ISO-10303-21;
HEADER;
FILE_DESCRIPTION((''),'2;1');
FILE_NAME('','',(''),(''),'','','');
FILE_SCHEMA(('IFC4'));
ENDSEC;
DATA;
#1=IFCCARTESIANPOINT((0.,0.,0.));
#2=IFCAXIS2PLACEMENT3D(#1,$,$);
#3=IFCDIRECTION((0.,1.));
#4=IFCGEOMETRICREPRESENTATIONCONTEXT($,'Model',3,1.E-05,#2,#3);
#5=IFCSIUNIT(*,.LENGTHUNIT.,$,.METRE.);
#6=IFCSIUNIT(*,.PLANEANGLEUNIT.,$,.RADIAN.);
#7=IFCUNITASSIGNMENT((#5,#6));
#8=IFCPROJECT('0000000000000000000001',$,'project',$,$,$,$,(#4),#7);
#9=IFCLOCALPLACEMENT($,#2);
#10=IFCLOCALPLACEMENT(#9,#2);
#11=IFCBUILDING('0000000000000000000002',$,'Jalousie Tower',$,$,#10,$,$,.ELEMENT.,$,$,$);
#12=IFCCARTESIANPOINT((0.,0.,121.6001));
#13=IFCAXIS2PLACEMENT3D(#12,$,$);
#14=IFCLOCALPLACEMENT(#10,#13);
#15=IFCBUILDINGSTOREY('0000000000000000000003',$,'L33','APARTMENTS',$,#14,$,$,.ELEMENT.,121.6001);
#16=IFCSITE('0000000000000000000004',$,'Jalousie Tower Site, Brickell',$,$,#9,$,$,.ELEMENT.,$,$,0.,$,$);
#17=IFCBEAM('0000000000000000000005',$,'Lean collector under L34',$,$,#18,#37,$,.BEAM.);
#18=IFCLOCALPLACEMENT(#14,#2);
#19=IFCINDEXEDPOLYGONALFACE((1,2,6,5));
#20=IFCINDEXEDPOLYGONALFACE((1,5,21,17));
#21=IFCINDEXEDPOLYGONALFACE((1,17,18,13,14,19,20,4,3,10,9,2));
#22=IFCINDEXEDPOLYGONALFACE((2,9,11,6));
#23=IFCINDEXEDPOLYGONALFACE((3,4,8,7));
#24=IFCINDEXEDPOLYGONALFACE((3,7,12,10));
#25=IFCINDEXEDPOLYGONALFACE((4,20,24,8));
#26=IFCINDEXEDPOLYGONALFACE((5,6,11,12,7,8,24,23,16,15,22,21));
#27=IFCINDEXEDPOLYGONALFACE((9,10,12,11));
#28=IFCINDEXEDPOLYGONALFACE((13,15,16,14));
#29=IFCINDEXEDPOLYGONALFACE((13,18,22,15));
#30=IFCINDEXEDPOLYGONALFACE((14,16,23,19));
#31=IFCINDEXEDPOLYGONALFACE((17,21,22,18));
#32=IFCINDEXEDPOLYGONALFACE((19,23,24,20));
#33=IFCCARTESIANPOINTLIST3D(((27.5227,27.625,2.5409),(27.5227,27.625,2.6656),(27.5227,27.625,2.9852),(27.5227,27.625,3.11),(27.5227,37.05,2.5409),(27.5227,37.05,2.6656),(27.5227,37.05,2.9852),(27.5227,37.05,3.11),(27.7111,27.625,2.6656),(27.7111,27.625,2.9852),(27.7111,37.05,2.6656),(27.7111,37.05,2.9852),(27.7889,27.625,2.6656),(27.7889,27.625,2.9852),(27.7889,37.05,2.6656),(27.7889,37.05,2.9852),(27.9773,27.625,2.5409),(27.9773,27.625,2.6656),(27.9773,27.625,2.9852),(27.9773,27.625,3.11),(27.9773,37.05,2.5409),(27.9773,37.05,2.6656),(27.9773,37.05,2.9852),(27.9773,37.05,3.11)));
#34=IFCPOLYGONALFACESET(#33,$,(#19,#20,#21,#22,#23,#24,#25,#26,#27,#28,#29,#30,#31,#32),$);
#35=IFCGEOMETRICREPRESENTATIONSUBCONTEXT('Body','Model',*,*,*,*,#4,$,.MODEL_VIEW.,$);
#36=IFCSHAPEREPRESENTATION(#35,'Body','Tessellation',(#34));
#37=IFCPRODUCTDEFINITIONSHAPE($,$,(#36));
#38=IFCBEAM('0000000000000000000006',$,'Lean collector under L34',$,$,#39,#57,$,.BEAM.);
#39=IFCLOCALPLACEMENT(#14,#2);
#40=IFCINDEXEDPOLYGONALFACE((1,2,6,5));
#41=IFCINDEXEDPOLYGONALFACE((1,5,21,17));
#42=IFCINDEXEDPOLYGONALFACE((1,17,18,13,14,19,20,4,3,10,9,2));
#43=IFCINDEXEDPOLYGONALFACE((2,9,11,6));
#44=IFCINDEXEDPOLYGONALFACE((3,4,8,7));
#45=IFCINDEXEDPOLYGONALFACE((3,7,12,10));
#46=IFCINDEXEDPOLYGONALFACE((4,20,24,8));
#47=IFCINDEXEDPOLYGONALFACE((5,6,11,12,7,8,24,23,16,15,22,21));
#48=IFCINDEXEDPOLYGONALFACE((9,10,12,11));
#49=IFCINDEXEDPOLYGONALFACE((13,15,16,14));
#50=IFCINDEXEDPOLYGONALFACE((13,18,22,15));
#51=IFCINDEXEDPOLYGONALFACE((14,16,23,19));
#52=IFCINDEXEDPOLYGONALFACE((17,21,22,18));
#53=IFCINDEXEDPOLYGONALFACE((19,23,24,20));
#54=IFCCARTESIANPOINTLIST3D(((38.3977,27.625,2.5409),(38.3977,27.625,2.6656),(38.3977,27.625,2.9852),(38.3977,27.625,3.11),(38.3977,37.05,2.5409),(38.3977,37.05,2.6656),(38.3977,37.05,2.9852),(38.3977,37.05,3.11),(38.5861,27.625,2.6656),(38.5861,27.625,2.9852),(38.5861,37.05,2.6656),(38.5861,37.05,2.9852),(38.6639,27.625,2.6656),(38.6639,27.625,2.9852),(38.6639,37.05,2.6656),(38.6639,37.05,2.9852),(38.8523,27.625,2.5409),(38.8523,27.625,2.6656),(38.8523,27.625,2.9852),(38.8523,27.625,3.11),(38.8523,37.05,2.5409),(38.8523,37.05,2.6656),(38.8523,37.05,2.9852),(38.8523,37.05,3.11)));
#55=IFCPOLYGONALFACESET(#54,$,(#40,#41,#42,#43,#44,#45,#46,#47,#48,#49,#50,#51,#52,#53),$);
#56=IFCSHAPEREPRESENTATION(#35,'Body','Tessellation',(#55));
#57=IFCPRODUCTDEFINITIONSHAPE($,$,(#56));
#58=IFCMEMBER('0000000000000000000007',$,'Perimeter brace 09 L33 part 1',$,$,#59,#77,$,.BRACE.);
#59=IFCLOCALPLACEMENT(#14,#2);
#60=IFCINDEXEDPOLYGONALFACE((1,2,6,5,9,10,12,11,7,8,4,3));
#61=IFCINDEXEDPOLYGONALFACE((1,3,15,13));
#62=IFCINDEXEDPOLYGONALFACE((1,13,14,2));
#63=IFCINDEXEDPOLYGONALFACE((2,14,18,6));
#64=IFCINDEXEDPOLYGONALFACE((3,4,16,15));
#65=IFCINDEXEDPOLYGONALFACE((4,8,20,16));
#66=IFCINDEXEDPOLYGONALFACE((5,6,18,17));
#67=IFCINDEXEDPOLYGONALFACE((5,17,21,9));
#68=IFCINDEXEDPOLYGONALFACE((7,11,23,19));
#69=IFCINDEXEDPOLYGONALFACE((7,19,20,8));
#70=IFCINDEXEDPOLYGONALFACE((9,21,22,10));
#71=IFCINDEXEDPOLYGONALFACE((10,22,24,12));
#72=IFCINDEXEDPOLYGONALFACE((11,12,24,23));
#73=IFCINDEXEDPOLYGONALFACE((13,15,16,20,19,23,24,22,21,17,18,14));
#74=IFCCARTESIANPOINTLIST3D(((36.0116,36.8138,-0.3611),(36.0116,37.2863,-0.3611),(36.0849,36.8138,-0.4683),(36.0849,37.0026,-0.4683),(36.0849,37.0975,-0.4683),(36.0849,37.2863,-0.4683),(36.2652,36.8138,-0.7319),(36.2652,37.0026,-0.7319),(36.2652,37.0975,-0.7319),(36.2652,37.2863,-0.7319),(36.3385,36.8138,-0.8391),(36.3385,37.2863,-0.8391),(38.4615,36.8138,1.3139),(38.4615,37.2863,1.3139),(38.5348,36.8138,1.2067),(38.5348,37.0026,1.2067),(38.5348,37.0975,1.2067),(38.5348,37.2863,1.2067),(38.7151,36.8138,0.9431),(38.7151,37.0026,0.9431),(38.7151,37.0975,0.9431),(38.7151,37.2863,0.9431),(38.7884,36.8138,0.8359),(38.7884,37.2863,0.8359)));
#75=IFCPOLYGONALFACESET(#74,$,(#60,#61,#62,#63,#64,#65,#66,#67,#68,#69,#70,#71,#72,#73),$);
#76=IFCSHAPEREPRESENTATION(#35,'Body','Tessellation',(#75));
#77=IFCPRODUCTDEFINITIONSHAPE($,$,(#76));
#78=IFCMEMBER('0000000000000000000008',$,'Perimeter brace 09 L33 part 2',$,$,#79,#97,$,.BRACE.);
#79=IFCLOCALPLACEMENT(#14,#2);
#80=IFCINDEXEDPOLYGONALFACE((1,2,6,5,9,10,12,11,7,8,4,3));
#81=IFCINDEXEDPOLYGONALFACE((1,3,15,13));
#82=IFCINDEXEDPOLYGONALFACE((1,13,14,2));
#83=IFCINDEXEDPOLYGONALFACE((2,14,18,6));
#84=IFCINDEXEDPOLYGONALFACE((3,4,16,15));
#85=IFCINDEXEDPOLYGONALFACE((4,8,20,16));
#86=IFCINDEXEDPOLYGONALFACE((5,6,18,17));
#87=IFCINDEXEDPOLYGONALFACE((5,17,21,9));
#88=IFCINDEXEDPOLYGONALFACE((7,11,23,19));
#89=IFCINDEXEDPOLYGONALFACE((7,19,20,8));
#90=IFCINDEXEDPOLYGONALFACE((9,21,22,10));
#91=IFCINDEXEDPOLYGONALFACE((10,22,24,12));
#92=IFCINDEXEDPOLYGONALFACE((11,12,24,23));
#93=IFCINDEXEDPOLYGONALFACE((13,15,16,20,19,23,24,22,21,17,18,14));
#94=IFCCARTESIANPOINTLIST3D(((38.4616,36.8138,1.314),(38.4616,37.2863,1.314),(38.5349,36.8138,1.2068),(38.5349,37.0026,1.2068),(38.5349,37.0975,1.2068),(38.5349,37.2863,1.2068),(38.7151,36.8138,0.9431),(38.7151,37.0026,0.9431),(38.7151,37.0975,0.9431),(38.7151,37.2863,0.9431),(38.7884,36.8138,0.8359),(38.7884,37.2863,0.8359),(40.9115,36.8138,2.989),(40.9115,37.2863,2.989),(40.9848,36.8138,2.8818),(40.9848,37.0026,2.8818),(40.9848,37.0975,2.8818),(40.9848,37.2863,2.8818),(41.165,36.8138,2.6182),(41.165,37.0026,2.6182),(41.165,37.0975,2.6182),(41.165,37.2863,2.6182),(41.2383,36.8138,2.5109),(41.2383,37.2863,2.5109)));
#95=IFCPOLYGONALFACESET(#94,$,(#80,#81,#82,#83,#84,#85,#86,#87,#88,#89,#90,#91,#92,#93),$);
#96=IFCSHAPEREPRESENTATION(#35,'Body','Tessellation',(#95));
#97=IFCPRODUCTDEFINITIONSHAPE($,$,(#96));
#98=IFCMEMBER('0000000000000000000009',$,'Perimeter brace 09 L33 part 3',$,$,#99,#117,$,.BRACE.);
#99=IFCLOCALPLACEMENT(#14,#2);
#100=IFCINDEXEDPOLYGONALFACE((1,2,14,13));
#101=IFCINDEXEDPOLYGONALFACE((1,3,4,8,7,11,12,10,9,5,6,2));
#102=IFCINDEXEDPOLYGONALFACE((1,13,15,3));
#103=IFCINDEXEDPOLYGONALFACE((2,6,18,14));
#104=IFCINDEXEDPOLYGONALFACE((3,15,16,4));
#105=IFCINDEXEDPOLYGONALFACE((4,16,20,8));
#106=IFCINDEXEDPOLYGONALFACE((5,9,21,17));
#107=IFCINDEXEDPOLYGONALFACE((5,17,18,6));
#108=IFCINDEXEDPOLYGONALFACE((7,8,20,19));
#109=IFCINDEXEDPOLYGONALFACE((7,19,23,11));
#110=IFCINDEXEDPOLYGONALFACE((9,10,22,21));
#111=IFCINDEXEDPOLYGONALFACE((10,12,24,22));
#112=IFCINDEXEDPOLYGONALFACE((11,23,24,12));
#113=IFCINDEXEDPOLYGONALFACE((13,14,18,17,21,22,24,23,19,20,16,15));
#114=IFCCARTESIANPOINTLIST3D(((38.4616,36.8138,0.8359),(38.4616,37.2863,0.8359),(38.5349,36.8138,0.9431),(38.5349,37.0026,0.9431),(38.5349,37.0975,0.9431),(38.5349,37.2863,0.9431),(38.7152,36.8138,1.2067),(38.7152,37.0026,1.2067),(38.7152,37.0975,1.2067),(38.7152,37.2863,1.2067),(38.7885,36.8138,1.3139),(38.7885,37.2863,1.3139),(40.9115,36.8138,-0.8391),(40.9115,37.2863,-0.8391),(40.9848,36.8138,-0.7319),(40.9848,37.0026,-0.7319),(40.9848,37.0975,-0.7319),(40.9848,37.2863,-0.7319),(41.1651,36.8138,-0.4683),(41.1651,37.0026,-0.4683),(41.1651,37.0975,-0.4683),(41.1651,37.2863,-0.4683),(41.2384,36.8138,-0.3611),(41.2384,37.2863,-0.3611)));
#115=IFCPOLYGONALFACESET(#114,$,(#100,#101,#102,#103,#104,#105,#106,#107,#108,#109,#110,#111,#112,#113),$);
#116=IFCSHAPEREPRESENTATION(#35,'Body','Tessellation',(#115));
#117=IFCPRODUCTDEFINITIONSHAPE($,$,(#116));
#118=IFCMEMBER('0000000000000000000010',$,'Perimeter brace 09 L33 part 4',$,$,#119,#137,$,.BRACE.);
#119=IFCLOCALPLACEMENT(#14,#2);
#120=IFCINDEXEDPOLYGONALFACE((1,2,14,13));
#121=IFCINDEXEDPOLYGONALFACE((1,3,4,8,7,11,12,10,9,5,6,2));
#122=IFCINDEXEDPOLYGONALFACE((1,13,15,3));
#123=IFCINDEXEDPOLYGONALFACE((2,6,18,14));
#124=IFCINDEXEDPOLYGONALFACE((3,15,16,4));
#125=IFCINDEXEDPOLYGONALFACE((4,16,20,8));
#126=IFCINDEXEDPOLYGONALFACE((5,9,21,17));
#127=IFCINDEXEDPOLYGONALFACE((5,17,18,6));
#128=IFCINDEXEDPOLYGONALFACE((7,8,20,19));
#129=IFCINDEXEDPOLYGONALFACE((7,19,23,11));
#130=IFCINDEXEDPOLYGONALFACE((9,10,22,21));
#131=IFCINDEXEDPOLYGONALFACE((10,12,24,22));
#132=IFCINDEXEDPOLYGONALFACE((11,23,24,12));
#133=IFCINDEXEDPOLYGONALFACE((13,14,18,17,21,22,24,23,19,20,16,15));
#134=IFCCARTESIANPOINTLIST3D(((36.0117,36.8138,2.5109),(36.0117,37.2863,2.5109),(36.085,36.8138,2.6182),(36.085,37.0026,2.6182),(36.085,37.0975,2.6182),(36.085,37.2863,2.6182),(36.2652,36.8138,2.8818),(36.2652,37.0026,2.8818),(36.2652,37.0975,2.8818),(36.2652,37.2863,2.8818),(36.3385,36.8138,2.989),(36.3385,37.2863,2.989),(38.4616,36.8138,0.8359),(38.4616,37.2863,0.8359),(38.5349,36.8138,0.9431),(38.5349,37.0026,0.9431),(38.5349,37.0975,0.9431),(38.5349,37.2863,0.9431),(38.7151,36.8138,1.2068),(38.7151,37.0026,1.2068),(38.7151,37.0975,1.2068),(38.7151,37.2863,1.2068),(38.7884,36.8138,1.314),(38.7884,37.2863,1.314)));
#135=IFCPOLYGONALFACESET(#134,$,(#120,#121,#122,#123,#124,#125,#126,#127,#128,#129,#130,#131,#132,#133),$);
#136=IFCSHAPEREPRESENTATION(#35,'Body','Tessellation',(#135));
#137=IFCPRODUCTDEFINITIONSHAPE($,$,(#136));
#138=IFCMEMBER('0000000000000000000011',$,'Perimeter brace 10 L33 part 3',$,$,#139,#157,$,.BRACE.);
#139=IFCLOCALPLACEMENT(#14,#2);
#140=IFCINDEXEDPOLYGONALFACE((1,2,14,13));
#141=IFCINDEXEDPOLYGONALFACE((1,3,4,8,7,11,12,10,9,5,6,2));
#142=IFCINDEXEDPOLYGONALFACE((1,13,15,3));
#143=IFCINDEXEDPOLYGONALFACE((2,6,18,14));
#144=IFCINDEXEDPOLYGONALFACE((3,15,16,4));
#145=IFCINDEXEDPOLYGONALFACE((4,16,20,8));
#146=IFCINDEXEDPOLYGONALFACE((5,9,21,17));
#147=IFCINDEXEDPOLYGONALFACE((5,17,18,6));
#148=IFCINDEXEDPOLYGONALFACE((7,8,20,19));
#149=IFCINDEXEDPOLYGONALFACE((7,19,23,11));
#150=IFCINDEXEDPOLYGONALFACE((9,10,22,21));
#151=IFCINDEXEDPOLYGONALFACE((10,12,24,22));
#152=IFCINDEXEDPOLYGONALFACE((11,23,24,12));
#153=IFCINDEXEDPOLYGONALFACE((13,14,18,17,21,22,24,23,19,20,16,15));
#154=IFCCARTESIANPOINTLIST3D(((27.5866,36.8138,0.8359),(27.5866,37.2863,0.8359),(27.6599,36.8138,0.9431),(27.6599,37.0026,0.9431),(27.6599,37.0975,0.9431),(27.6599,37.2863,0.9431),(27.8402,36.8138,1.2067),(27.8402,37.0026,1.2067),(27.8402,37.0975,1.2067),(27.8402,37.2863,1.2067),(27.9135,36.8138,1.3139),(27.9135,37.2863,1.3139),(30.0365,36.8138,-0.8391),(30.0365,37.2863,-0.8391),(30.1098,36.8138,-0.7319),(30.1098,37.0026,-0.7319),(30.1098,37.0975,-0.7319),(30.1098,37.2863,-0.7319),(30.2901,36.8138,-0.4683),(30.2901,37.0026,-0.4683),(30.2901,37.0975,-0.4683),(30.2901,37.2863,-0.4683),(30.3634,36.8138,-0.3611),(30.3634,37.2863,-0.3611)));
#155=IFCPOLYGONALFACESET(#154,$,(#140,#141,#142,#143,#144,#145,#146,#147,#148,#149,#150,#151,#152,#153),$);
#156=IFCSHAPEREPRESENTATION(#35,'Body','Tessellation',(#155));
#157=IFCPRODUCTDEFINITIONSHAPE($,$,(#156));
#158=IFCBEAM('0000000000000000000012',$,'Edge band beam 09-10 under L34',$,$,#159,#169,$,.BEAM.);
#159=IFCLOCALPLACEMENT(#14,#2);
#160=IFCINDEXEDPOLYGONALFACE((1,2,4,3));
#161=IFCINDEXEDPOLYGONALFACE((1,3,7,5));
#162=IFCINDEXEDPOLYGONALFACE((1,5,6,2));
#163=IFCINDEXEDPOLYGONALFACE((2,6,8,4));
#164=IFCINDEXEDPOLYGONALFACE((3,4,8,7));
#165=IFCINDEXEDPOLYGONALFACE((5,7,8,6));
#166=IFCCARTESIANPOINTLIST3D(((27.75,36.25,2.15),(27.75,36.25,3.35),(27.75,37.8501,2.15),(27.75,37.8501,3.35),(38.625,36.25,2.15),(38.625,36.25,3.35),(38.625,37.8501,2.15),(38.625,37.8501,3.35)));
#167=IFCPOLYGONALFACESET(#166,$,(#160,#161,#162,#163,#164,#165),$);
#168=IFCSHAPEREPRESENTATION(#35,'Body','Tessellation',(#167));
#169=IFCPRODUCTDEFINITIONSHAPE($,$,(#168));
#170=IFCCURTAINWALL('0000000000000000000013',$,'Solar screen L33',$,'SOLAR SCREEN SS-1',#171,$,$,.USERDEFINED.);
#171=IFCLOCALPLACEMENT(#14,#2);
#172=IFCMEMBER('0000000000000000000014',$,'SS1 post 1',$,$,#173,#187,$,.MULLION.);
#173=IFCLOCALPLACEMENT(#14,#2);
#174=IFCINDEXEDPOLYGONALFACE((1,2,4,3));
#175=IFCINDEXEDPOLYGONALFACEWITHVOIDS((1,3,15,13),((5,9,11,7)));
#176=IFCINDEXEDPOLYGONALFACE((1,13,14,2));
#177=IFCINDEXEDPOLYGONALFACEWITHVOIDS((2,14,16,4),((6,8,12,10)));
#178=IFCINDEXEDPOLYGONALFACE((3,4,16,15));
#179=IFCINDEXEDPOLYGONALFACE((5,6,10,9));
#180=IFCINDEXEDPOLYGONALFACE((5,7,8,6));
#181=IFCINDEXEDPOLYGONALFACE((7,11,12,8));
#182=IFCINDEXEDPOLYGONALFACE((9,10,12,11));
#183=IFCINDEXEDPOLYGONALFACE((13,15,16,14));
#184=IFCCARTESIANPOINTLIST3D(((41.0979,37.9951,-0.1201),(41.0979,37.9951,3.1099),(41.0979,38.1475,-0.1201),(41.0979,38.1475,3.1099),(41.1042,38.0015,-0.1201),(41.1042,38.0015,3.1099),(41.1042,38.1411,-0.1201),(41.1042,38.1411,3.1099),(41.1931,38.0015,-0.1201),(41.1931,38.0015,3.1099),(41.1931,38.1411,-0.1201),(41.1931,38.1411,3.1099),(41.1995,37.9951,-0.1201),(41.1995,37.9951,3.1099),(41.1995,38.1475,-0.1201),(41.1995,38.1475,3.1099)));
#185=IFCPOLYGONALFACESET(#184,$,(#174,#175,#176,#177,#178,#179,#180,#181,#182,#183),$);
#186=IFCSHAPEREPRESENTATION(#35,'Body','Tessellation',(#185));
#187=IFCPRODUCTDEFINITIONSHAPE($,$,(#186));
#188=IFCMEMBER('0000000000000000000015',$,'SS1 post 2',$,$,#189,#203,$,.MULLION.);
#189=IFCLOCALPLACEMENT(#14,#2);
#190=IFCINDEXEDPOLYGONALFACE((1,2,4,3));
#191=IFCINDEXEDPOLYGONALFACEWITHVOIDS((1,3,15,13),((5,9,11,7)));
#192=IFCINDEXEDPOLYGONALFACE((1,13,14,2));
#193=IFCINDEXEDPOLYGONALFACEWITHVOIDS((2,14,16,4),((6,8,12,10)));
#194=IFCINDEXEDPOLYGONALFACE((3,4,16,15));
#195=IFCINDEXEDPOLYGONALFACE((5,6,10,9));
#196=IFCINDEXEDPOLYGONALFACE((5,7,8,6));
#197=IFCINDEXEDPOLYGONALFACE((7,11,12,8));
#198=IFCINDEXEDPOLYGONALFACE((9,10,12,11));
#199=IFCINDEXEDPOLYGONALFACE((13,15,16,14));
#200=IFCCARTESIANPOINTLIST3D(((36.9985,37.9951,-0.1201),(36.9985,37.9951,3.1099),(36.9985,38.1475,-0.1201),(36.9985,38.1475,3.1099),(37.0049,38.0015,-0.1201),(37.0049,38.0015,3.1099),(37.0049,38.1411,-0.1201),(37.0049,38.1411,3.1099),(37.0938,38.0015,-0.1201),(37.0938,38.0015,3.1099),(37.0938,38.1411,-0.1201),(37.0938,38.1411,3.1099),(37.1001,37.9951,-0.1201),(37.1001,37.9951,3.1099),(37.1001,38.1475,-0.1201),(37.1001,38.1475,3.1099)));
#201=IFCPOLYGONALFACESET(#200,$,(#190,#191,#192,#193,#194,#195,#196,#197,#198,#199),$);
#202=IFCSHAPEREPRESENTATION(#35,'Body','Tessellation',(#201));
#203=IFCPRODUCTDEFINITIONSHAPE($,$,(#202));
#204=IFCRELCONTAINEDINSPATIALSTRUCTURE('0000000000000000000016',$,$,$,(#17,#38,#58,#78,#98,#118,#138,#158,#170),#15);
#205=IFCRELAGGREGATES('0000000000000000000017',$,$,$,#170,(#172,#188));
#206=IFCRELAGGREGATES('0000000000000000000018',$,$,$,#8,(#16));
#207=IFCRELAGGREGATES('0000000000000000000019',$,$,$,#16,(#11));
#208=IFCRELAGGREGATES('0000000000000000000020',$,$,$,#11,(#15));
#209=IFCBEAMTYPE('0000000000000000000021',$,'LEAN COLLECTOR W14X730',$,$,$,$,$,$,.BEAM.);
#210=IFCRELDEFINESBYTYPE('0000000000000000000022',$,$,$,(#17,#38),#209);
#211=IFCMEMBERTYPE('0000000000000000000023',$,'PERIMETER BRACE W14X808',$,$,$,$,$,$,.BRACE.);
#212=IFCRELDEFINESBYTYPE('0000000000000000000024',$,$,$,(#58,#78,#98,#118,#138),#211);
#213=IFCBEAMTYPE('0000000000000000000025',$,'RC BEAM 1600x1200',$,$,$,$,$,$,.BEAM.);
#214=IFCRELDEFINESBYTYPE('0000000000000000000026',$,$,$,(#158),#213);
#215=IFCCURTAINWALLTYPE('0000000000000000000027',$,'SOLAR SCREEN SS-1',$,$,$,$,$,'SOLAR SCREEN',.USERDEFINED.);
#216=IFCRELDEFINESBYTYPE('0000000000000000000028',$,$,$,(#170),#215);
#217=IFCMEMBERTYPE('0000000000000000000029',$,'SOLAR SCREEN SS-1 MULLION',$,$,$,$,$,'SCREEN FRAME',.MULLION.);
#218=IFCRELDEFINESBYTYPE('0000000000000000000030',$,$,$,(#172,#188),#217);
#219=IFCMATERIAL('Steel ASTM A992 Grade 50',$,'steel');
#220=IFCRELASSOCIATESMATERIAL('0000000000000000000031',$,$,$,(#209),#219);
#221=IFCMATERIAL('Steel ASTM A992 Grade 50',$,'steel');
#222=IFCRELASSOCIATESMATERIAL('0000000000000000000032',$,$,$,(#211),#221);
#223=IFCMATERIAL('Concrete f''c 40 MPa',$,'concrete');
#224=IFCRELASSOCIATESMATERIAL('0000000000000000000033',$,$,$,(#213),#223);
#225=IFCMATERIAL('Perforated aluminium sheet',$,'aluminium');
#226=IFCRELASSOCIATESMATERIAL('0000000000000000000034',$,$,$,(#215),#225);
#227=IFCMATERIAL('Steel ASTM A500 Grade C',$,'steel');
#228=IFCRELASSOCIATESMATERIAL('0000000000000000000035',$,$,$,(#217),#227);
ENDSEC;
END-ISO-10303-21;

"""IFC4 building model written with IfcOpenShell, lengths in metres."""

from ifc_helpers import new_model, si_unit, direction, frame, origin, origin_2d, place, context, subcontext, project, spatial, rectangle, hollow_rectangle, i_section, extrude, material, material_profile, profile_set, type_object, element, aggregate, save


model = new_model("IFC4")

# Units and contexts
model_context = context("Model", 3, precision=1e-05, world=origin(), true_north=direction((0.0, 1.0)))
body_context = subcontext(model_context, "Body", "Model", "MODEL_VIEW")
ifc_project = project(units=[si_unit("LENGTHUNIT", "METRE"), si_unit("PLANEANGLEUNIT", "RADIAN")], contexts=[model_context])

# Site, building, storey
site_placement = place(None, origin())
site = spatial("IfcSite", under=ifc_project, at=site_placement, Name="Jalousie Tower Site, Brickell", CompositionType="ELEMENT", RefElevation=0.0)
building_placement = place(site_placement, origin())
building = spatial("IfcBuilding", under=site, at=building_placement, Name="Jalousie Tower", CompositionType="ELEMENT")
storey_placement = place(building_placement, frame((0.0, 0.0, 121.6001)))
storey = spatial("IfcBuildingStorey", under=building, at=storey_placement, Name="L33", Description="APARTMENTS", CompositionType="ELEMENT", Elevation=121.6001)

# Beams
ifc_material_1 = material(Name="Steel ASTM A992 Grade 50", Category="steel")
ifc_material_profile_1 = material_profile(ifc_material_1, i_section(OverallWidth=0.4546, OverallDepth=0.5691, WebThickness=0.0779, FlangeThickness=0.1248, at=origin_2d()), Name="W14X730")
ifc_profile_set_1 = profile_set([ifc_material_profile_1], Name="Steel ASTM A992 Grade 50")
beam_type_1 = type_object("IfcBeamType", Name="LEAN COLLECTOR W14X730", PredefinedType="BEAM", material=ifc_profile_set_1)
for number, where, z_axis, x_axis, name in (
    (1, (27.75, 37.05, 2.8254), (0.0, -1.0, 0.0), (1.0, 0.0, 0.0), "Lean collector under L34"),
    (2, (38.625, 37.05, 2.8254), (0.0, -1.0, 0.0), (1.0, 0.0, 0.0), "Lean collector under L34"),
):
    element("IfcBeam", number, at=place(storey_placement, frame(where, z_axis=z_axis, x_axis=x_axis)), inside=storey, type_object=beam_type_1, Name=name, PredefinedType="BEAM", context=body_context, shape_type="SweptSolid", body=[
        extrude(i_section(OverallWidth=0.4546, OverallDepth=0.5691, WebThickness=0.0779, FlangeThickness=0.1248, at=origin_2d()), origin(), (0.0, 0.0, 1.0), 9.425),
    ])

# Members
ifc_material_2 = material(Name="Steel ASTM A992 Grade 50", Category="steel")
ifc_material_profile_2 = material_profile(ifc_material_2, i_section(OverallWidth=0.4724, OverallDepth=0.5791, WebThickness=0.095, FlangeThickness=0.1299, at=origin_2d()), Name="W14X808")
ifc_profile_set_2 = profile_set([ifc_material_profile_2], Name="Steel ASTM A992 Grade 50")
member_type_1 = type_object("IfcMemberType", Name="PERIMETER BRACE W14X808", PredefinedType="BRACE", material=ifc_profile_set_2)
for number, where, z_axis, x_axis, name in (
    (3, (36.175, 37.05, -0.6001), (0.825501, 0.0, 0.564401), (0.0, 1.0, 0.0), "Perimeter brace 09 L33 part 1"),
    (4, (38.625, 37.05, 1.075), (0.825501, 0.0, 0.564401), (0.0, 1.0, 0.0), "Perimeter brace 09 L33 part 2"),
    (5, (41.075, 37.05, -0.6001), (-0.825501, 0.0, 0.564401), (0.0, -1.0, 0.0), "Perimeter brace 09 L33 part 3"),
    (6, (38.625, 37.05, 1.075), (-0.825501, 0.0, 0.564401), (0.0, -1.0, 0.0), "Perimeter brace 09 L33 part 4"),
    (7, (30.2, 37.05, -0.6001), (-0.825501, 0.0, 0.564401), (0.0, -1.0, 0.0), "Perimeter brace 10 L33 part 3"),
):
    element("IfcMember", number, at=place(storey_placement, frame(where, z_axis=z_axis, x_axis=x_axis)), inside=storey, type_object=member_type_1, Name=name, PredefinedType="BRACE", context=body_context, shape_type="SweptSolid", body=[
        extrude(i_section(OverallWidth=0.4724, OverallDepth=0.5791, WebThickness=0.095, FlangeThickness=0.1299, at=origin_2d()), origin(), (0.0, 0.0, 1.0), 2.9678),
    ])

# Beam
ifc_material_3 = material(Name="Concrete f'c 40 MPa", Category="concrete")
ifc_material_profile_3 = material_profile(ifc_material_3, rectangle(XDim=1.6001, YDim=1.2, at=origin_2d()), Name="RC 1600x1200")
ifc_profile_set_3 = profile_set([ifc_material_profile_3], Name="Concrete f'c 40 MPa")
beam_type_2 = type_object("IfcBeamType", Name="RC BEAM 1600x1200", PredefinedType="BEAM", material=ifc_profile_set_3)
beam_placement = place(storey_placement, frame((38.625, 37.05, 2.75), z_axis=(-1.0, 0.0, 0.0), x_axis=(0.0, -1.0, 0.0)))
element("IfcBeam", 8, at=beam_placement, inside=storey, type_object=beam_type_2, Name="Edge band beam 09-10 under L34", PredefinedType="BEAM", context=body_context, shape_type="SweptSolid", body=[
    extrude(rectangle(XDim=1.6001, YDim=1.2, at=origin_2d()), origin(), (0.0, 0.0, 1.0), 10.875),
])

# Curtain wall, members
ifc_material_4 = material(Name="Perforated aluminium sheet", Category="aluminium")
curtain_wall_type = type_object("IfcCurtainWallType", Name="SOLAR SCREEN SS-1", ElementType="SOLAR SCREEN", PredefinedType="USERDEFINED", material=ifc_material_4)
curtain_wall_1_placement = place(storey_placement, origin())
curtain_wall_1 = element("IfcCurtainWall", 9, at=curtain_wall_1_placement, inside=storey, type_object=curtain_wall_type, Name="Solar screen L33", ObjectType="SOLAR SCREEN SS-1", PredefinedType="USERDEFINED")
ifc_material_5 = material(Name="Steel ASTM A500 Grade C", Category="steel")
ifc_material_profile_4 = material_profile(ifc_material_5, hollow_rectangle(XDim=0.1016, YDim=0.1523, WallThickness=0.0063, at=origin_2d()), Name="HSS6X4X1/4")
ifc_profile_set_4 = profile_set([ifc_material_profile_4], Name="Steel ASTM A500 Grade C")
member_type_2 = type_object("IfcMemberType", Name="SOLAR SCREEN SS-1 MULLION", ElementType="SCREEN FRAME", PredefinedType="MULLION", material=ifc_profile_set_4)
member_1_placement = place(storey_placement, frame((41.1487, 38.0713, -0.1201), z_axis=(0.0, 0.0, 1.0), x_axis=(-1.0, 0.0, 0.0)))
member_1 = element("IfcMember", 10, at=member_1_placement, type_object=member_type_2, Name="SS1 post 1", PredefinedType="MULLION", context=body_context, shape_type="SweptSolid", body=[
    extrude(hollow_rectangle(XDim=0.1016, YDim=0.1523, WallThickness=0.0063, at=origin_2d()), origin(), (0.0, 0.0, 1.0), 3.23),
])
member_2_placement = place(storey_placement, frame((37.0493, 38.0713, -0.1201), z_axis=(0.0, 0.0, 1.0), x_axis=(-1.0, 0.0, 0.0)))
member_2 = element("IfcMember", 11, at=member_2_placement, type_object=member_type_2, Name="SS1 post 2", PredefinedType="MULLION", context=body_context, shape_type="SweptSolid", body=[
    extrude(hollow_rectangle(XDim=0.1016, YDim=0.1523, WallThickness=0.0063, at=origin_2d()), origin(), (0.0, 0.0, 1.0), 3.23),
])

aggregate(curtain_wall_1, [member_1, member_2])

save(model, "model.ifc")
